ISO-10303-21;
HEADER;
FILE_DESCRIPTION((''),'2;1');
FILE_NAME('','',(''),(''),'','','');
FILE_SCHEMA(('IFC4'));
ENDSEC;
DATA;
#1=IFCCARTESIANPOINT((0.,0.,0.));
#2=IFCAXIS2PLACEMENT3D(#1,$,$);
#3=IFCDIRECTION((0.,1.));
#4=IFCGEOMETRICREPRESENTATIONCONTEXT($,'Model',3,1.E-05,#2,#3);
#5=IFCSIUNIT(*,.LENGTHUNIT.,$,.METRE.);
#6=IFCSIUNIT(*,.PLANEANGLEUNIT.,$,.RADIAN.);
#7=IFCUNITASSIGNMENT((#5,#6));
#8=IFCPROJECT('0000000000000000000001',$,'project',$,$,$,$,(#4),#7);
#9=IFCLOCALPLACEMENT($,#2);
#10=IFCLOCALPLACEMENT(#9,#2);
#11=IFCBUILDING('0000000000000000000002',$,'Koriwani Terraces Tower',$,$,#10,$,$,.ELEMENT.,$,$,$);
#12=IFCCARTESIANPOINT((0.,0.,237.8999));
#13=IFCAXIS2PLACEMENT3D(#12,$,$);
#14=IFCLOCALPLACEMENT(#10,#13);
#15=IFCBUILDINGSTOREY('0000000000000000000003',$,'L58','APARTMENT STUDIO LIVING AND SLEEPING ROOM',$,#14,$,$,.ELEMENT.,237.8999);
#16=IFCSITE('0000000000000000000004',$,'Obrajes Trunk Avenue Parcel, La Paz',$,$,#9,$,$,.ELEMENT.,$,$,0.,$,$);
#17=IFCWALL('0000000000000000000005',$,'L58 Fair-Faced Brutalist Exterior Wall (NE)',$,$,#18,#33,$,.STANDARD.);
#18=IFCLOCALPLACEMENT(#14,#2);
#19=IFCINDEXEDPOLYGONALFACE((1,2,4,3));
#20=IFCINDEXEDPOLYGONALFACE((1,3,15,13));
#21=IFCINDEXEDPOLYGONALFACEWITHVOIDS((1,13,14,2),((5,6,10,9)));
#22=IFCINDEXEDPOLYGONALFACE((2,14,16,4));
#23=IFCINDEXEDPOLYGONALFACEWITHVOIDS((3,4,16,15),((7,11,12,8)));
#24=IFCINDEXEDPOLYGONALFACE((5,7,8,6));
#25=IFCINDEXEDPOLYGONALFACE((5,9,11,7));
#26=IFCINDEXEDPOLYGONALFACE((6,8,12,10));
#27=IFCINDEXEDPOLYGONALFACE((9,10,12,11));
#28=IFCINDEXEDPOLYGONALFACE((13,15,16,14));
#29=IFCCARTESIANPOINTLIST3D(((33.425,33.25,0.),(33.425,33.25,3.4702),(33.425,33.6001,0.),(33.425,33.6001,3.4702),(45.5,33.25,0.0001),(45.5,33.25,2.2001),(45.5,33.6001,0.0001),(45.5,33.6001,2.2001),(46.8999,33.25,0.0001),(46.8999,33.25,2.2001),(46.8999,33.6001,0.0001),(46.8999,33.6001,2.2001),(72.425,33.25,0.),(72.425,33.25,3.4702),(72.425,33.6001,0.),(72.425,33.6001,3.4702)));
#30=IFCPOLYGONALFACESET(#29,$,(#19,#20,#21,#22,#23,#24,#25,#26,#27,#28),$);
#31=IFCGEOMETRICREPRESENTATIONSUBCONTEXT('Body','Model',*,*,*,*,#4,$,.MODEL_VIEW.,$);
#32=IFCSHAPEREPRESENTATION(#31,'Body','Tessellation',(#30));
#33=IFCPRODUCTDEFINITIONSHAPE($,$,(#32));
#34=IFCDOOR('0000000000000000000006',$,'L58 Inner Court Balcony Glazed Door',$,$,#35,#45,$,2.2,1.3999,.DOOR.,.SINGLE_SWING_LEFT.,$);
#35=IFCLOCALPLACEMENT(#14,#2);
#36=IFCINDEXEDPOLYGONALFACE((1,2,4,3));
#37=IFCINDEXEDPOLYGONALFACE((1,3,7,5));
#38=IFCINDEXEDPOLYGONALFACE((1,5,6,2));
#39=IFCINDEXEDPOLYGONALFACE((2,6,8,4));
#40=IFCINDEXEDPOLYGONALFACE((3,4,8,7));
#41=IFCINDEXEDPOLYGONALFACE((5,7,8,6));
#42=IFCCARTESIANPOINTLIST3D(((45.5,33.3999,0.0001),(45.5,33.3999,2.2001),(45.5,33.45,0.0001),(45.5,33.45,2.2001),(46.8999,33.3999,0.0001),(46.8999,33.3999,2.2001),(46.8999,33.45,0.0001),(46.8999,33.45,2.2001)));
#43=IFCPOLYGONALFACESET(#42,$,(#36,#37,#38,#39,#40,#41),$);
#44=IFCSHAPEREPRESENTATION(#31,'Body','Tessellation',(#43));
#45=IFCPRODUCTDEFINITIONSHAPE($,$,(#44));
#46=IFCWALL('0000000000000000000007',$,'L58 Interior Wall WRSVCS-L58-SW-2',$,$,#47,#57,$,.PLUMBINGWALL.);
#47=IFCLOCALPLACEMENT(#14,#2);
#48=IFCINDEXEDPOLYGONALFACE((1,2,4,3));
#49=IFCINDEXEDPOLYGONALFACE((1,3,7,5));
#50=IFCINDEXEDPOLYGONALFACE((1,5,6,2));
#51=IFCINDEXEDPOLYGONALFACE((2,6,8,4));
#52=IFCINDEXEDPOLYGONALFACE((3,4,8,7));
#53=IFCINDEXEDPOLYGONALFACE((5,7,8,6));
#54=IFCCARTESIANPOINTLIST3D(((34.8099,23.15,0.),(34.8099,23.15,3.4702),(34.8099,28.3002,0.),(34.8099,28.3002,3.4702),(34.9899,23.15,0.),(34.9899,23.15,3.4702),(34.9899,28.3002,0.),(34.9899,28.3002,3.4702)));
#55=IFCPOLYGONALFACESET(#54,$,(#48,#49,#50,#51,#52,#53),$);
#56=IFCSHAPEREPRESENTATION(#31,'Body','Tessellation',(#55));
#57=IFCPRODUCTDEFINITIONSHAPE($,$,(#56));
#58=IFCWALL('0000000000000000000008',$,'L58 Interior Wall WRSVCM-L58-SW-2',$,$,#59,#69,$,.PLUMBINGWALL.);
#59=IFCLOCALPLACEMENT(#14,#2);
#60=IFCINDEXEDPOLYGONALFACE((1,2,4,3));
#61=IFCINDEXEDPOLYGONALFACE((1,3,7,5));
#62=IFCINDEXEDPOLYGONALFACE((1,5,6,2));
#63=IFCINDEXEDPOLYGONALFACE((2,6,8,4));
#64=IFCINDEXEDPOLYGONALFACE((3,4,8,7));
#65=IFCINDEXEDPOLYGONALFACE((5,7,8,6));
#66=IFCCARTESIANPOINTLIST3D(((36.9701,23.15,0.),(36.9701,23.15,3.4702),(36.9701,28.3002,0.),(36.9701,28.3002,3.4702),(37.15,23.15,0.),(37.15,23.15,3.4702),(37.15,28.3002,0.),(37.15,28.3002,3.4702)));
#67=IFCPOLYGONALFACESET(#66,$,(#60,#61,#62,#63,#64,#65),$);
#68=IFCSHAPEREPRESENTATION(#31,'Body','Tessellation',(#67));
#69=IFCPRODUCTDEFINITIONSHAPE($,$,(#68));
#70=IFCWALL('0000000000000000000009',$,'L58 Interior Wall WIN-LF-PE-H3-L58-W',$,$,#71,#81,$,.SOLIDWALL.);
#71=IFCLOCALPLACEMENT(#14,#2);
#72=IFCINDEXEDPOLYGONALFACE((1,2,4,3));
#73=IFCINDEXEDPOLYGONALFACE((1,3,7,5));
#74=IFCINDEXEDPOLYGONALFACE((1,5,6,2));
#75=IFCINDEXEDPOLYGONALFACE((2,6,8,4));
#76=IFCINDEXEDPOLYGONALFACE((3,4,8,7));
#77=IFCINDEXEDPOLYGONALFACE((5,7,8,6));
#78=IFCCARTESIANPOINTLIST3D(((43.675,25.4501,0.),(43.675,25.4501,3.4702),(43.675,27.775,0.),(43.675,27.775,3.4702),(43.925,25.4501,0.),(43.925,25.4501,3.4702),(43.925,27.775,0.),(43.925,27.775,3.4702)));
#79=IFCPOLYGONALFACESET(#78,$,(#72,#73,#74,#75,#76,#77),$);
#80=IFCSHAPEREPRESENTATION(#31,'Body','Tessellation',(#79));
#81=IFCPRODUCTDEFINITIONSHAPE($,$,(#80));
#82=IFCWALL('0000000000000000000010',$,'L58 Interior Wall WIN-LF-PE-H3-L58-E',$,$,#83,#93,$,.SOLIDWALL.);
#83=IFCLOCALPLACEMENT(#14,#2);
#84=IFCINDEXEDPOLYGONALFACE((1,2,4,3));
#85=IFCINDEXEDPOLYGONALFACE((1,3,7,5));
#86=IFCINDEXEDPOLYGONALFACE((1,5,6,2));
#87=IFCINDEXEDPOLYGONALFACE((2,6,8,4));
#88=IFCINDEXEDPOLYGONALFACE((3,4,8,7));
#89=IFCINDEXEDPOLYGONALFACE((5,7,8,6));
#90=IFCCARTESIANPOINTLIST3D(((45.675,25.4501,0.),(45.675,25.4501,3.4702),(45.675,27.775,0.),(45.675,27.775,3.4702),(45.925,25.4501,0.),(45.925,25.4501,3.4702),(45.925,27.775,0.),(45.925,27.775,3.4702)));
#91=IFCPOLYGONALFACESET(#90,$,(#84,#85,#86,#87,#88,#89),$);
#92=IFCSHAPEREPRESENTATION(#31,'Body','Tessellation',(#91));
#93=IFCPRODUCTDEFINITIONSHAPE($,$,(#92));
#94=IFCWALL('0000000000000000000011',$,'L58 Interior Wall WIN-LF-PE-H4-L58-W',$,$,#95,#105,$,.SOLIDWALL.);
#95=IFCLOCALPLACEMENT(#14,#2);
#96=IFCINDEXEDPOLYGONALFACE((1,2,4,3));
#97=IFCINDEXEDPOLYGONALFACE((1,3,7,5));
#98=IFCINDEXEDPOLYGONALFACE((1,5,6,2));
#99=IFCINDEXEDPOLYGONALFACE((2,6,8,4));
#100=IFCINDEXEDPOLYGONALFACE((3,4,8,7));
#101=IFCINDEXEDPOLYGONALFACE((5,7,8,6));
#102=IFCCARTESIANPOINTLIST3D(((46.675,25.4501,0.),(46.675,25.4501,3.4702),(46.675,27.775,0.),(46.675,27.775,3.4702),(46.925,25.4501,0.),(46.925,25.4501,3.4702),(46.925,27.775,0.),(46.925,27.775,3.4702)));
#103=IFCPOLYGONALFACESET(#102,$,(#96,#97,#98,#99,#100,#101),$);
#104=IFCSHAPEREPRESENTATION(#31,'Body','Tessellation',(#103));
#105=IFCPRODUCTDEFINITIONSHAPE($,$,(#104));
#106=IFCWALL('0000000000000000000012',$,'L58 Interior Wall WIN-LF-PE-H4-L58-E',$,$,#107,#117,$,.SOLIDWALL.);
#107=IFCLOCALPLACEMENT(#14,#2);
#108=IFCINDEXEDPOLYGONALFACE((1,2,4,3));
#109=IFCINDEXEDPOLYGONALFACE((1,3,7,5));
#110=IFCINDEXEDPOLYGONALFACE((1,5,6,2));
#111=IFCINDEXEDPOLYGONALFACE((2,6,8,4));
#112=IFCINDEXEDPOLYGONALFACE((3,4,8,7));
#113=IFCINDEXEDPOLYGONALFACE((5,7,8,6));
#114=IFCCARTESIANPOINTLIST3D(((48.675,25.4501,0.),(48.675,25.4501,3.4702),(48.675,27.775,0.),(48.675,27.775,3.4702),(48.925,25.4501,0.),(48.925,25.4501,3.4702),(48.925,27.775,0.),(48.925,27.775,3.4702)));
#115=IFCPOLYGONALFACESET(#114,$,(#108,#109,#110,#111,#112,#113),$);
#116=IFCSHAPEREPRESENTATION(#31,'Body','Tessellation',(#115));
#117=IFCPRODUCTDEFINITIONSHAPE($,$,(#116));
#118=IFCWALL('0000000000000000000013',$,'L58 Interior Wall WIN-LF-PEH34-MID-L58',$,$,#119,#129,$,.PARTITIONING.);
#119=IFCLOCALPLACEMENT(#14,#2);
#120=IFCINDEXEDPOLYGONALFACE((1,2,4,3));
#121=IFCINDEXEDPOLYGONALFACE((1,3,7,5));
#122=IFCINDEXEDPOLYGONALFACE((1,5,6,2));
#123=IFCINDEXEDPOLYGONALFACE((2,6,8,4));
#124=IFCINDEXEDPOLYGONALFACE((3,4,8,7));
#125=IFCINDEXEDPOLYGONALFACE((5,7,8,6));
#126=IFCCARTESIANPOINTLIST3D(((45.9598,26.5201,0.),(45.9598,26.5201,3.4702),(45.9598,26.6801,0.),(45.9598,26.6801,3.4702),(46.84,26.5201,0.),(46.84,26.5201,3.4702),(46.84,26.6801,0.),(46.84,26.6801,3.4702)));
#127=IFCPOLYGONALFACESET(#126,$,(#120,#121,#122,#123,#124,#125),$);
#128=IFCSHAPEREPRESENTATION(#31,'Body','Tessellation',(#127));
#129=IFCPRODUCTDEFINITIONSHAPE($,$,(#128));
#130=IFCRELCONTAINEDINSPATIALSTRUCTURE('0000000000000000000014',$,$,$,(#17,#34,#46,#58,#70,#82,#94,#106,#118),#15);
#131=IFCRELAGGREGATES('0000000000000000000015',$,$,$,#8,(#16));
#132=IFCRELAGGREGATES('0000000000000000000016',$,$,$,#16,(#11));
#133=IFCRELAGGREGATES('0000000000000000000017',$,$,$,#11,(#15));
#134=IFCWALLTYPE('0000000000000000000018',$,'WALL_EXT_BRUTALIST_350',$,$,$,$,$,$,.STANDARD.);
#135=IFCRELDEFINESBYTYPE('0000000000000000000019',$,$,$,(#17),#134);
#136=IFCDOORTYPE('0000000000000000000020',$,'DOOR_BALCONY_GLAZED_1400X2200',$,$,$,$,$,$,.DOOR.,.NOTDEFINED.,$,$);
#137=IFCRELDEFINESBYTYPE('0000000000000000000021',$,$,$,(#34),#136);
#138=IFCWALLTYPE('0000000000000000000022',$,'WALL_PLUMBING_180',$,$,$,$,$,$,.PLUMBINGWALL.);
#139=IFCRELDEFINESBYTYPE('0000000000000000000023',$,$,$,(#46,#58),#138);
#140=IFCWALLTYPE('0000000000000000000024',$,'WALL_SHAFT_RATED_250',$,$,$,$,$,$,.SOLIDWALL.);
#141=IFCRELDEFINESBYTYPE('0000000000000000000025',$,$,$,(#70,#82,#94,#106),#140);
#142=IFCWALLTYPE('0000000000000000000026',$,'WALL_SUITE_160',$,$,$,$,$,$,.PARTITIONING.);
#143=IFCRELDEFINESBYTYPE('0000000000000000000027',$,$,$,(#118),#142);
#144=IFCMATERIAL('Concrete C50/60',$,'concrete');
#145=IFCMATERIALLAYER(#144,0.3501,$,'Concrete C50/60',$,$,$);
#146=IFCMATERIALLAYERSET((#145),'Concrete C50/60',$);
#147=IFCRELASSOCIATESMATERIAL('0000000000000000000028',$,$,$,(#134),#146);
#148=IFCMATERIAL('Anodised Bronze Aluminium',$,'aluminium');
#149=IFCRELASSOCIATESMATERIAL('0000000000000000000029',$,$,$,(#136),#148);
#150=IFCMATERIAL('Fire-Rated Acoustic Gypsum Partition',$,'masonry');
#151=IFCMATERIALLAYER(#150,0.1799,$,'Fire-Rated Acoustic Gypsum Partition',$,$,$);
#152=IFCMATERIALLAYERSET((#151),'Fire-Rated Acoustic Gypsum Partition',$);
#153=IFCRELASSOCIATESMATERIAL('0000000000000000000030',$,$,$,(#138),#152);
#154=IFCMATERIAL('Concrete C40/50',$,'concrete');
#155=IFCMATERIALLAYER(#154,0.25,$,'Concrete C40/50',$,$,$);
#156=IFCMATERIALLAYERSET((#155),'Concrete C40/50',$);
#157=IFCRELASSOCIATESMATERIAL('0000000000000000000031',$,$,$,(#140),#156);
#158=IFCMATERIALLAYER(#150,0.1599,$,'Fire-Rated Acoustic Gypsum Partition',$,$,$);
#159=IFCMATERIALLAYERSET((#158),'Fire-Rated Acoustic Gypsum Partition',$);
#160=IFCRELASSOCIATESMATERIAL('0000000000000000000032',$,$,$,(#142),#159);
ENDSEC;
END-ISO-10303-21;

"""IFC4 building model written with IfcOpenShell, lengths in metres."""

from ifc_helpers import new_model, si_unit, direction, frame, frame_2d, origin, place, context, subcontext, project, spatial, rectangle, extrude, material, layer, layer_set, type_object, element, fill, save


model = new_model("IFC4")

# Units and contexts
model_context = context("Model", 3, precision=1e-05, world=origin(), true_north=direction((0.0, 1.0)))
body_context = subcontext(model_context, "Body", "Model", "MODEL_VIEW")
ifc_project = project(units=[si_unit("LENGTHUNIT", "METRE"), si_unit("PLANEANGLEUNIT", "RADIAN")], contexts=[model_context])

# Site, building, storey
site_placement = place(None, origin())
site = spatial("IfcSite", under=ifc_project, at=site_placement, Name="Obrajes Trunk Avenue Parcel, La Paz", CompositionType="ELEMENT", RefElevation=0.0)
building_placement = place(site_placement, origin())
building = spatial("IfcBuilding", under=site, at=building_placement, Name="Koriwani Terraces Tower", CompositionType="ELEMENT")
storey_placement = place(building_placement, frame((0.0, 0.0, 237.8999)))
storey = spatial("IfcBuildingStorey", under=building, at=storey_placement, Name="L58", Description="APARTMENT STUDIO LIVING AND SLEEPING ROOM", CompositionType="ELEMENT", Elevation=237.8999)

# Shared definitions
ifc_material_1 = material(Name="Concrete C50/60", Category="concrete")

# Wall, opening, door
ifc_layer_1 = layer(ifc_material_1, 0.3501, Name="Concrete C50/60")
ifc_layer_set_1 = layer_set([ifc_layer_1], Name="Concrete C50/60")
wall_type_1 = type_object("IfcWallType", Name="WALL_EXT_BRUTALIST_350", PredefinedType="STANDARD", material=ifc_layer_set_1)
wall_1_placement = place(storey_placement, frame((33.425, 33.425, 0.0), z_axis=(0.0, 0.0, 1.0), x_axis=(1.0, 0.0, 0.0)))
wall_1 = element("IfcWall", 1, at=wall_1_placement, inside=storey, type_object=wall_type_1, Name="L58 Fair-Faced Brutalist Exterior Wall (NE)", PredefinedType="STANDARD", context=body_context, shape_type="SweptSolid", body=[
    extrude(rectangle(XDim=39.0, YDim=0.3501, at=frame_2d((19.5, 0.0))), origin(), (0.0, 0.0, 1.0), 3.4702),
])
opening_1_placement = place(wall_1_placement, frame((12.075, 0.0, 0.0)))
opening_1 = element("IfcOpeningElement", 2, at=opening_1_placement, cuts=wall_1, PredefinedType="OPENING", context=body_context, shape_type="SweptSolid", body=[
    extrude(rectangle(XDim=1.3999, YDim=2.2, at=frame_2d((0.7, 1.1001))), frame((0.0, 0.1851, 0.0), z_axis=(0.0, -1.0, 0.0), x_axis=(1.0, 0.0, 0.0)), (0.0, 0.0, 1.0), 0.3701),
])
ifc_material_2 = material(Name="Anodised Bronze Aluminium", Category="aluminium")
door_type_1 = type_object("IfcDoorType", Name="DOOR_BALCONY_GLAZED_1400X2200", OperationType="NOTDEFINED", PredefinedType="DOOR", material=ifc_material_2)
door_1_placement = place(opening_1_placement, origin())
door_1 = element("IfcDoor", 3, at=door_1_placement, inside=storey, type_object=door_type_1, Name="L58 Inner Court Balcony Glazed Door", OperationType="SINGLE_SWING_LEFT", OverallHeight=2.2, OverallWidth=1.3999, PredefinedType="DOOR", context=body_context, shape_type="SweptSolid", body=[
    extrude(rectangle(XDim=1.3999, YDim=2.2, at=frame_2d((0.7, 1.1001))), frame((0.0, 0.0249, 0.0), z_axis=(0.0, -1.0, 0.0), x_axis=(1.0, 0.0, 0.0)), (0.0, 0.0, 1.0), 0.05),
])
fill(opening_1, door_1)

# Walls
ifc_material_3 = material(Name="Fire-Rated Acoustic Gypsum Partition", Category="masonry")
ifc_layer_2 = layer(ifc_material_3, 0.1799, Name="Fire-Rated Acoustic Gypsum Partition")
ifc_layer_set_2 = layer_set([ifc_layer_2], Name="Fire-Rated Acoustic Gypsum Partition")
wall_type_2 = type_object("IfcWallType", Name="WALL_PLUMBING_180", PredefinedType="PLUMBINGWALL", material=ifc_layer_set_2)
for number, where, z_axis, x_axis, name in (
    (4, (34.8999, 23.1499, 0.0), (0.0, 0.0, 1.0), (0.0, 1.0, 0.0), "L58 Interior Wall WRSVCS-L58-SW-2"),
    (5, (37.0601, 23.1499, 0.0), (0.0, 0.0, 1.0), (0.0, 1.0, 0.0), "L58 Interior Wall WRSVCM-L58-SW-2"),
):
    element("IfcWall", number, at=place(storey_placement, frame(where, z_axis=z_axis, x_axis=x_axis)), inside=storey, type_object=wall_type_2, Name=name, PredefinedType="PLUMBINGWALL", context=body_context, shape_type="SweptSolid", body=[
        extrude(rectangle(XDim=5.1501, YDim=0.1799, at=frame_2d((2.5752, 0.0))), origin(), (0.0, 0.0, 1.0), 3.4702),
    ])

# Shared definitions
ifc_material_4 = material(Name="Concrete C40/50", Category="concrete")
ifc_layer_3 = layer(ifc_material_4, 0.25, Name="Concrete C40/50")
ifc_layer_set_3 = layer_set([ifc_layer_3], Name="Concrete C40/50")
wall_type_3 = type_object("IfcWallType", Name="WALL_SHAFT_RATED_250", PredefinedType="SOLIDWALL", material=ifc_layer_set_3)

# Walls
for number, where, z_axis, x_axis, name in (
    (6, (43.8, 25.45, 0.0), (0.0, 0.0, 1.0), (0.0, 1.0, 0.0), "L58 Interior Wall WIN-LF-PE-H3-L58-W"),
    (7, (45.8, 25.45, 0.0), (0.0, 0.0, 1.0), (0.0, 1.0, 0.0), "L58 Interior Wall WIN-LF-PE-H3-L58-E"),
):
    element("IfcWall", number, at=place(storey_placement, frame(where, z_axis=z_axis, x_axis=x_axis)), inside=storey, type_object=wall_type_3, Name=name, PredefinedType="SOLIDWALL", context=body_context, shape_type="SweptSolid", body=[
        extrude(rectangle(XDim=2.325, YDim=0.25, at=frame_2d((1.1626, 0.0))), origin(), (0.0, 0.0, 1.0), 3.4702),
    ])

# Walls
for number, where, z_axis, x_axis, name in (
    (8, (46.8, 25.45, 0.0), (0.0, 0.0, 1.0), (0.0, 1.0, 0.0), "L58 Interior Wall WIN-LF-PE-H4-L58-W"),
    (9, (48.8, 25.45, 0.0), (0.0, 0.0, 1.0), (0.0, 1.0, 0.0), "L58 Interior Wall WIN-LF-PE-H4-L58-E"),
):
    element("IfcWall", number, at=place(storey_placement, frame(where, z_axis=z_axis, x_axis=x_axis)), inside=storey, type_object=wall_type_3, Name=name, PredefinedType="SOLIDWALL", context=body_context, shape_type="SweptSolid", body=[
        extrude(rectangle(XDim=2.325, YDim=0.25, at=frame_2d((1.1626, 0.0))), origin(), (0.0, 0.0, 1.0), 3.4702),
    ])
ifc_layer_4 = layer(ifc_material_3, 0.1599, Name="Fire-Rated Acoustic Gypsum Partition")
ifc_layer_set_4 = layer_set([ifc_layer_4], Name="Fire-Rated Acoustic Gypsum Partition")
wall_type_4 = type_object("IfcWallType", Name="WALL_SUITE_160", PredefinedType="PARTITIONING", material=ifc_layer_set_4)
wall_2_placement = place(storey_placement, frame((45.96, 26.6001, 0.0), z_axis=(0.0, 0.0, 1.0), x_axis=(1.0, 0.0, 0.0)))
element("IfcWall", 10, at=wall_2_placement, inside=storey, type_object=wall_type_4, Name="L58 Interior Wall WIN-LF-PEH34-MID-L58", PredefinedType="PARTITIONING", context=body_context, shape_type="SweptSolid", body=[
    extrude(rectangle(XDim=0.8801, YDim=0.1599, at=frame_2d((0.4399, 0.0))), origin(), (0.0, 0.0, 1.0), 3.4702),
])

save(model, "model.ifc")
